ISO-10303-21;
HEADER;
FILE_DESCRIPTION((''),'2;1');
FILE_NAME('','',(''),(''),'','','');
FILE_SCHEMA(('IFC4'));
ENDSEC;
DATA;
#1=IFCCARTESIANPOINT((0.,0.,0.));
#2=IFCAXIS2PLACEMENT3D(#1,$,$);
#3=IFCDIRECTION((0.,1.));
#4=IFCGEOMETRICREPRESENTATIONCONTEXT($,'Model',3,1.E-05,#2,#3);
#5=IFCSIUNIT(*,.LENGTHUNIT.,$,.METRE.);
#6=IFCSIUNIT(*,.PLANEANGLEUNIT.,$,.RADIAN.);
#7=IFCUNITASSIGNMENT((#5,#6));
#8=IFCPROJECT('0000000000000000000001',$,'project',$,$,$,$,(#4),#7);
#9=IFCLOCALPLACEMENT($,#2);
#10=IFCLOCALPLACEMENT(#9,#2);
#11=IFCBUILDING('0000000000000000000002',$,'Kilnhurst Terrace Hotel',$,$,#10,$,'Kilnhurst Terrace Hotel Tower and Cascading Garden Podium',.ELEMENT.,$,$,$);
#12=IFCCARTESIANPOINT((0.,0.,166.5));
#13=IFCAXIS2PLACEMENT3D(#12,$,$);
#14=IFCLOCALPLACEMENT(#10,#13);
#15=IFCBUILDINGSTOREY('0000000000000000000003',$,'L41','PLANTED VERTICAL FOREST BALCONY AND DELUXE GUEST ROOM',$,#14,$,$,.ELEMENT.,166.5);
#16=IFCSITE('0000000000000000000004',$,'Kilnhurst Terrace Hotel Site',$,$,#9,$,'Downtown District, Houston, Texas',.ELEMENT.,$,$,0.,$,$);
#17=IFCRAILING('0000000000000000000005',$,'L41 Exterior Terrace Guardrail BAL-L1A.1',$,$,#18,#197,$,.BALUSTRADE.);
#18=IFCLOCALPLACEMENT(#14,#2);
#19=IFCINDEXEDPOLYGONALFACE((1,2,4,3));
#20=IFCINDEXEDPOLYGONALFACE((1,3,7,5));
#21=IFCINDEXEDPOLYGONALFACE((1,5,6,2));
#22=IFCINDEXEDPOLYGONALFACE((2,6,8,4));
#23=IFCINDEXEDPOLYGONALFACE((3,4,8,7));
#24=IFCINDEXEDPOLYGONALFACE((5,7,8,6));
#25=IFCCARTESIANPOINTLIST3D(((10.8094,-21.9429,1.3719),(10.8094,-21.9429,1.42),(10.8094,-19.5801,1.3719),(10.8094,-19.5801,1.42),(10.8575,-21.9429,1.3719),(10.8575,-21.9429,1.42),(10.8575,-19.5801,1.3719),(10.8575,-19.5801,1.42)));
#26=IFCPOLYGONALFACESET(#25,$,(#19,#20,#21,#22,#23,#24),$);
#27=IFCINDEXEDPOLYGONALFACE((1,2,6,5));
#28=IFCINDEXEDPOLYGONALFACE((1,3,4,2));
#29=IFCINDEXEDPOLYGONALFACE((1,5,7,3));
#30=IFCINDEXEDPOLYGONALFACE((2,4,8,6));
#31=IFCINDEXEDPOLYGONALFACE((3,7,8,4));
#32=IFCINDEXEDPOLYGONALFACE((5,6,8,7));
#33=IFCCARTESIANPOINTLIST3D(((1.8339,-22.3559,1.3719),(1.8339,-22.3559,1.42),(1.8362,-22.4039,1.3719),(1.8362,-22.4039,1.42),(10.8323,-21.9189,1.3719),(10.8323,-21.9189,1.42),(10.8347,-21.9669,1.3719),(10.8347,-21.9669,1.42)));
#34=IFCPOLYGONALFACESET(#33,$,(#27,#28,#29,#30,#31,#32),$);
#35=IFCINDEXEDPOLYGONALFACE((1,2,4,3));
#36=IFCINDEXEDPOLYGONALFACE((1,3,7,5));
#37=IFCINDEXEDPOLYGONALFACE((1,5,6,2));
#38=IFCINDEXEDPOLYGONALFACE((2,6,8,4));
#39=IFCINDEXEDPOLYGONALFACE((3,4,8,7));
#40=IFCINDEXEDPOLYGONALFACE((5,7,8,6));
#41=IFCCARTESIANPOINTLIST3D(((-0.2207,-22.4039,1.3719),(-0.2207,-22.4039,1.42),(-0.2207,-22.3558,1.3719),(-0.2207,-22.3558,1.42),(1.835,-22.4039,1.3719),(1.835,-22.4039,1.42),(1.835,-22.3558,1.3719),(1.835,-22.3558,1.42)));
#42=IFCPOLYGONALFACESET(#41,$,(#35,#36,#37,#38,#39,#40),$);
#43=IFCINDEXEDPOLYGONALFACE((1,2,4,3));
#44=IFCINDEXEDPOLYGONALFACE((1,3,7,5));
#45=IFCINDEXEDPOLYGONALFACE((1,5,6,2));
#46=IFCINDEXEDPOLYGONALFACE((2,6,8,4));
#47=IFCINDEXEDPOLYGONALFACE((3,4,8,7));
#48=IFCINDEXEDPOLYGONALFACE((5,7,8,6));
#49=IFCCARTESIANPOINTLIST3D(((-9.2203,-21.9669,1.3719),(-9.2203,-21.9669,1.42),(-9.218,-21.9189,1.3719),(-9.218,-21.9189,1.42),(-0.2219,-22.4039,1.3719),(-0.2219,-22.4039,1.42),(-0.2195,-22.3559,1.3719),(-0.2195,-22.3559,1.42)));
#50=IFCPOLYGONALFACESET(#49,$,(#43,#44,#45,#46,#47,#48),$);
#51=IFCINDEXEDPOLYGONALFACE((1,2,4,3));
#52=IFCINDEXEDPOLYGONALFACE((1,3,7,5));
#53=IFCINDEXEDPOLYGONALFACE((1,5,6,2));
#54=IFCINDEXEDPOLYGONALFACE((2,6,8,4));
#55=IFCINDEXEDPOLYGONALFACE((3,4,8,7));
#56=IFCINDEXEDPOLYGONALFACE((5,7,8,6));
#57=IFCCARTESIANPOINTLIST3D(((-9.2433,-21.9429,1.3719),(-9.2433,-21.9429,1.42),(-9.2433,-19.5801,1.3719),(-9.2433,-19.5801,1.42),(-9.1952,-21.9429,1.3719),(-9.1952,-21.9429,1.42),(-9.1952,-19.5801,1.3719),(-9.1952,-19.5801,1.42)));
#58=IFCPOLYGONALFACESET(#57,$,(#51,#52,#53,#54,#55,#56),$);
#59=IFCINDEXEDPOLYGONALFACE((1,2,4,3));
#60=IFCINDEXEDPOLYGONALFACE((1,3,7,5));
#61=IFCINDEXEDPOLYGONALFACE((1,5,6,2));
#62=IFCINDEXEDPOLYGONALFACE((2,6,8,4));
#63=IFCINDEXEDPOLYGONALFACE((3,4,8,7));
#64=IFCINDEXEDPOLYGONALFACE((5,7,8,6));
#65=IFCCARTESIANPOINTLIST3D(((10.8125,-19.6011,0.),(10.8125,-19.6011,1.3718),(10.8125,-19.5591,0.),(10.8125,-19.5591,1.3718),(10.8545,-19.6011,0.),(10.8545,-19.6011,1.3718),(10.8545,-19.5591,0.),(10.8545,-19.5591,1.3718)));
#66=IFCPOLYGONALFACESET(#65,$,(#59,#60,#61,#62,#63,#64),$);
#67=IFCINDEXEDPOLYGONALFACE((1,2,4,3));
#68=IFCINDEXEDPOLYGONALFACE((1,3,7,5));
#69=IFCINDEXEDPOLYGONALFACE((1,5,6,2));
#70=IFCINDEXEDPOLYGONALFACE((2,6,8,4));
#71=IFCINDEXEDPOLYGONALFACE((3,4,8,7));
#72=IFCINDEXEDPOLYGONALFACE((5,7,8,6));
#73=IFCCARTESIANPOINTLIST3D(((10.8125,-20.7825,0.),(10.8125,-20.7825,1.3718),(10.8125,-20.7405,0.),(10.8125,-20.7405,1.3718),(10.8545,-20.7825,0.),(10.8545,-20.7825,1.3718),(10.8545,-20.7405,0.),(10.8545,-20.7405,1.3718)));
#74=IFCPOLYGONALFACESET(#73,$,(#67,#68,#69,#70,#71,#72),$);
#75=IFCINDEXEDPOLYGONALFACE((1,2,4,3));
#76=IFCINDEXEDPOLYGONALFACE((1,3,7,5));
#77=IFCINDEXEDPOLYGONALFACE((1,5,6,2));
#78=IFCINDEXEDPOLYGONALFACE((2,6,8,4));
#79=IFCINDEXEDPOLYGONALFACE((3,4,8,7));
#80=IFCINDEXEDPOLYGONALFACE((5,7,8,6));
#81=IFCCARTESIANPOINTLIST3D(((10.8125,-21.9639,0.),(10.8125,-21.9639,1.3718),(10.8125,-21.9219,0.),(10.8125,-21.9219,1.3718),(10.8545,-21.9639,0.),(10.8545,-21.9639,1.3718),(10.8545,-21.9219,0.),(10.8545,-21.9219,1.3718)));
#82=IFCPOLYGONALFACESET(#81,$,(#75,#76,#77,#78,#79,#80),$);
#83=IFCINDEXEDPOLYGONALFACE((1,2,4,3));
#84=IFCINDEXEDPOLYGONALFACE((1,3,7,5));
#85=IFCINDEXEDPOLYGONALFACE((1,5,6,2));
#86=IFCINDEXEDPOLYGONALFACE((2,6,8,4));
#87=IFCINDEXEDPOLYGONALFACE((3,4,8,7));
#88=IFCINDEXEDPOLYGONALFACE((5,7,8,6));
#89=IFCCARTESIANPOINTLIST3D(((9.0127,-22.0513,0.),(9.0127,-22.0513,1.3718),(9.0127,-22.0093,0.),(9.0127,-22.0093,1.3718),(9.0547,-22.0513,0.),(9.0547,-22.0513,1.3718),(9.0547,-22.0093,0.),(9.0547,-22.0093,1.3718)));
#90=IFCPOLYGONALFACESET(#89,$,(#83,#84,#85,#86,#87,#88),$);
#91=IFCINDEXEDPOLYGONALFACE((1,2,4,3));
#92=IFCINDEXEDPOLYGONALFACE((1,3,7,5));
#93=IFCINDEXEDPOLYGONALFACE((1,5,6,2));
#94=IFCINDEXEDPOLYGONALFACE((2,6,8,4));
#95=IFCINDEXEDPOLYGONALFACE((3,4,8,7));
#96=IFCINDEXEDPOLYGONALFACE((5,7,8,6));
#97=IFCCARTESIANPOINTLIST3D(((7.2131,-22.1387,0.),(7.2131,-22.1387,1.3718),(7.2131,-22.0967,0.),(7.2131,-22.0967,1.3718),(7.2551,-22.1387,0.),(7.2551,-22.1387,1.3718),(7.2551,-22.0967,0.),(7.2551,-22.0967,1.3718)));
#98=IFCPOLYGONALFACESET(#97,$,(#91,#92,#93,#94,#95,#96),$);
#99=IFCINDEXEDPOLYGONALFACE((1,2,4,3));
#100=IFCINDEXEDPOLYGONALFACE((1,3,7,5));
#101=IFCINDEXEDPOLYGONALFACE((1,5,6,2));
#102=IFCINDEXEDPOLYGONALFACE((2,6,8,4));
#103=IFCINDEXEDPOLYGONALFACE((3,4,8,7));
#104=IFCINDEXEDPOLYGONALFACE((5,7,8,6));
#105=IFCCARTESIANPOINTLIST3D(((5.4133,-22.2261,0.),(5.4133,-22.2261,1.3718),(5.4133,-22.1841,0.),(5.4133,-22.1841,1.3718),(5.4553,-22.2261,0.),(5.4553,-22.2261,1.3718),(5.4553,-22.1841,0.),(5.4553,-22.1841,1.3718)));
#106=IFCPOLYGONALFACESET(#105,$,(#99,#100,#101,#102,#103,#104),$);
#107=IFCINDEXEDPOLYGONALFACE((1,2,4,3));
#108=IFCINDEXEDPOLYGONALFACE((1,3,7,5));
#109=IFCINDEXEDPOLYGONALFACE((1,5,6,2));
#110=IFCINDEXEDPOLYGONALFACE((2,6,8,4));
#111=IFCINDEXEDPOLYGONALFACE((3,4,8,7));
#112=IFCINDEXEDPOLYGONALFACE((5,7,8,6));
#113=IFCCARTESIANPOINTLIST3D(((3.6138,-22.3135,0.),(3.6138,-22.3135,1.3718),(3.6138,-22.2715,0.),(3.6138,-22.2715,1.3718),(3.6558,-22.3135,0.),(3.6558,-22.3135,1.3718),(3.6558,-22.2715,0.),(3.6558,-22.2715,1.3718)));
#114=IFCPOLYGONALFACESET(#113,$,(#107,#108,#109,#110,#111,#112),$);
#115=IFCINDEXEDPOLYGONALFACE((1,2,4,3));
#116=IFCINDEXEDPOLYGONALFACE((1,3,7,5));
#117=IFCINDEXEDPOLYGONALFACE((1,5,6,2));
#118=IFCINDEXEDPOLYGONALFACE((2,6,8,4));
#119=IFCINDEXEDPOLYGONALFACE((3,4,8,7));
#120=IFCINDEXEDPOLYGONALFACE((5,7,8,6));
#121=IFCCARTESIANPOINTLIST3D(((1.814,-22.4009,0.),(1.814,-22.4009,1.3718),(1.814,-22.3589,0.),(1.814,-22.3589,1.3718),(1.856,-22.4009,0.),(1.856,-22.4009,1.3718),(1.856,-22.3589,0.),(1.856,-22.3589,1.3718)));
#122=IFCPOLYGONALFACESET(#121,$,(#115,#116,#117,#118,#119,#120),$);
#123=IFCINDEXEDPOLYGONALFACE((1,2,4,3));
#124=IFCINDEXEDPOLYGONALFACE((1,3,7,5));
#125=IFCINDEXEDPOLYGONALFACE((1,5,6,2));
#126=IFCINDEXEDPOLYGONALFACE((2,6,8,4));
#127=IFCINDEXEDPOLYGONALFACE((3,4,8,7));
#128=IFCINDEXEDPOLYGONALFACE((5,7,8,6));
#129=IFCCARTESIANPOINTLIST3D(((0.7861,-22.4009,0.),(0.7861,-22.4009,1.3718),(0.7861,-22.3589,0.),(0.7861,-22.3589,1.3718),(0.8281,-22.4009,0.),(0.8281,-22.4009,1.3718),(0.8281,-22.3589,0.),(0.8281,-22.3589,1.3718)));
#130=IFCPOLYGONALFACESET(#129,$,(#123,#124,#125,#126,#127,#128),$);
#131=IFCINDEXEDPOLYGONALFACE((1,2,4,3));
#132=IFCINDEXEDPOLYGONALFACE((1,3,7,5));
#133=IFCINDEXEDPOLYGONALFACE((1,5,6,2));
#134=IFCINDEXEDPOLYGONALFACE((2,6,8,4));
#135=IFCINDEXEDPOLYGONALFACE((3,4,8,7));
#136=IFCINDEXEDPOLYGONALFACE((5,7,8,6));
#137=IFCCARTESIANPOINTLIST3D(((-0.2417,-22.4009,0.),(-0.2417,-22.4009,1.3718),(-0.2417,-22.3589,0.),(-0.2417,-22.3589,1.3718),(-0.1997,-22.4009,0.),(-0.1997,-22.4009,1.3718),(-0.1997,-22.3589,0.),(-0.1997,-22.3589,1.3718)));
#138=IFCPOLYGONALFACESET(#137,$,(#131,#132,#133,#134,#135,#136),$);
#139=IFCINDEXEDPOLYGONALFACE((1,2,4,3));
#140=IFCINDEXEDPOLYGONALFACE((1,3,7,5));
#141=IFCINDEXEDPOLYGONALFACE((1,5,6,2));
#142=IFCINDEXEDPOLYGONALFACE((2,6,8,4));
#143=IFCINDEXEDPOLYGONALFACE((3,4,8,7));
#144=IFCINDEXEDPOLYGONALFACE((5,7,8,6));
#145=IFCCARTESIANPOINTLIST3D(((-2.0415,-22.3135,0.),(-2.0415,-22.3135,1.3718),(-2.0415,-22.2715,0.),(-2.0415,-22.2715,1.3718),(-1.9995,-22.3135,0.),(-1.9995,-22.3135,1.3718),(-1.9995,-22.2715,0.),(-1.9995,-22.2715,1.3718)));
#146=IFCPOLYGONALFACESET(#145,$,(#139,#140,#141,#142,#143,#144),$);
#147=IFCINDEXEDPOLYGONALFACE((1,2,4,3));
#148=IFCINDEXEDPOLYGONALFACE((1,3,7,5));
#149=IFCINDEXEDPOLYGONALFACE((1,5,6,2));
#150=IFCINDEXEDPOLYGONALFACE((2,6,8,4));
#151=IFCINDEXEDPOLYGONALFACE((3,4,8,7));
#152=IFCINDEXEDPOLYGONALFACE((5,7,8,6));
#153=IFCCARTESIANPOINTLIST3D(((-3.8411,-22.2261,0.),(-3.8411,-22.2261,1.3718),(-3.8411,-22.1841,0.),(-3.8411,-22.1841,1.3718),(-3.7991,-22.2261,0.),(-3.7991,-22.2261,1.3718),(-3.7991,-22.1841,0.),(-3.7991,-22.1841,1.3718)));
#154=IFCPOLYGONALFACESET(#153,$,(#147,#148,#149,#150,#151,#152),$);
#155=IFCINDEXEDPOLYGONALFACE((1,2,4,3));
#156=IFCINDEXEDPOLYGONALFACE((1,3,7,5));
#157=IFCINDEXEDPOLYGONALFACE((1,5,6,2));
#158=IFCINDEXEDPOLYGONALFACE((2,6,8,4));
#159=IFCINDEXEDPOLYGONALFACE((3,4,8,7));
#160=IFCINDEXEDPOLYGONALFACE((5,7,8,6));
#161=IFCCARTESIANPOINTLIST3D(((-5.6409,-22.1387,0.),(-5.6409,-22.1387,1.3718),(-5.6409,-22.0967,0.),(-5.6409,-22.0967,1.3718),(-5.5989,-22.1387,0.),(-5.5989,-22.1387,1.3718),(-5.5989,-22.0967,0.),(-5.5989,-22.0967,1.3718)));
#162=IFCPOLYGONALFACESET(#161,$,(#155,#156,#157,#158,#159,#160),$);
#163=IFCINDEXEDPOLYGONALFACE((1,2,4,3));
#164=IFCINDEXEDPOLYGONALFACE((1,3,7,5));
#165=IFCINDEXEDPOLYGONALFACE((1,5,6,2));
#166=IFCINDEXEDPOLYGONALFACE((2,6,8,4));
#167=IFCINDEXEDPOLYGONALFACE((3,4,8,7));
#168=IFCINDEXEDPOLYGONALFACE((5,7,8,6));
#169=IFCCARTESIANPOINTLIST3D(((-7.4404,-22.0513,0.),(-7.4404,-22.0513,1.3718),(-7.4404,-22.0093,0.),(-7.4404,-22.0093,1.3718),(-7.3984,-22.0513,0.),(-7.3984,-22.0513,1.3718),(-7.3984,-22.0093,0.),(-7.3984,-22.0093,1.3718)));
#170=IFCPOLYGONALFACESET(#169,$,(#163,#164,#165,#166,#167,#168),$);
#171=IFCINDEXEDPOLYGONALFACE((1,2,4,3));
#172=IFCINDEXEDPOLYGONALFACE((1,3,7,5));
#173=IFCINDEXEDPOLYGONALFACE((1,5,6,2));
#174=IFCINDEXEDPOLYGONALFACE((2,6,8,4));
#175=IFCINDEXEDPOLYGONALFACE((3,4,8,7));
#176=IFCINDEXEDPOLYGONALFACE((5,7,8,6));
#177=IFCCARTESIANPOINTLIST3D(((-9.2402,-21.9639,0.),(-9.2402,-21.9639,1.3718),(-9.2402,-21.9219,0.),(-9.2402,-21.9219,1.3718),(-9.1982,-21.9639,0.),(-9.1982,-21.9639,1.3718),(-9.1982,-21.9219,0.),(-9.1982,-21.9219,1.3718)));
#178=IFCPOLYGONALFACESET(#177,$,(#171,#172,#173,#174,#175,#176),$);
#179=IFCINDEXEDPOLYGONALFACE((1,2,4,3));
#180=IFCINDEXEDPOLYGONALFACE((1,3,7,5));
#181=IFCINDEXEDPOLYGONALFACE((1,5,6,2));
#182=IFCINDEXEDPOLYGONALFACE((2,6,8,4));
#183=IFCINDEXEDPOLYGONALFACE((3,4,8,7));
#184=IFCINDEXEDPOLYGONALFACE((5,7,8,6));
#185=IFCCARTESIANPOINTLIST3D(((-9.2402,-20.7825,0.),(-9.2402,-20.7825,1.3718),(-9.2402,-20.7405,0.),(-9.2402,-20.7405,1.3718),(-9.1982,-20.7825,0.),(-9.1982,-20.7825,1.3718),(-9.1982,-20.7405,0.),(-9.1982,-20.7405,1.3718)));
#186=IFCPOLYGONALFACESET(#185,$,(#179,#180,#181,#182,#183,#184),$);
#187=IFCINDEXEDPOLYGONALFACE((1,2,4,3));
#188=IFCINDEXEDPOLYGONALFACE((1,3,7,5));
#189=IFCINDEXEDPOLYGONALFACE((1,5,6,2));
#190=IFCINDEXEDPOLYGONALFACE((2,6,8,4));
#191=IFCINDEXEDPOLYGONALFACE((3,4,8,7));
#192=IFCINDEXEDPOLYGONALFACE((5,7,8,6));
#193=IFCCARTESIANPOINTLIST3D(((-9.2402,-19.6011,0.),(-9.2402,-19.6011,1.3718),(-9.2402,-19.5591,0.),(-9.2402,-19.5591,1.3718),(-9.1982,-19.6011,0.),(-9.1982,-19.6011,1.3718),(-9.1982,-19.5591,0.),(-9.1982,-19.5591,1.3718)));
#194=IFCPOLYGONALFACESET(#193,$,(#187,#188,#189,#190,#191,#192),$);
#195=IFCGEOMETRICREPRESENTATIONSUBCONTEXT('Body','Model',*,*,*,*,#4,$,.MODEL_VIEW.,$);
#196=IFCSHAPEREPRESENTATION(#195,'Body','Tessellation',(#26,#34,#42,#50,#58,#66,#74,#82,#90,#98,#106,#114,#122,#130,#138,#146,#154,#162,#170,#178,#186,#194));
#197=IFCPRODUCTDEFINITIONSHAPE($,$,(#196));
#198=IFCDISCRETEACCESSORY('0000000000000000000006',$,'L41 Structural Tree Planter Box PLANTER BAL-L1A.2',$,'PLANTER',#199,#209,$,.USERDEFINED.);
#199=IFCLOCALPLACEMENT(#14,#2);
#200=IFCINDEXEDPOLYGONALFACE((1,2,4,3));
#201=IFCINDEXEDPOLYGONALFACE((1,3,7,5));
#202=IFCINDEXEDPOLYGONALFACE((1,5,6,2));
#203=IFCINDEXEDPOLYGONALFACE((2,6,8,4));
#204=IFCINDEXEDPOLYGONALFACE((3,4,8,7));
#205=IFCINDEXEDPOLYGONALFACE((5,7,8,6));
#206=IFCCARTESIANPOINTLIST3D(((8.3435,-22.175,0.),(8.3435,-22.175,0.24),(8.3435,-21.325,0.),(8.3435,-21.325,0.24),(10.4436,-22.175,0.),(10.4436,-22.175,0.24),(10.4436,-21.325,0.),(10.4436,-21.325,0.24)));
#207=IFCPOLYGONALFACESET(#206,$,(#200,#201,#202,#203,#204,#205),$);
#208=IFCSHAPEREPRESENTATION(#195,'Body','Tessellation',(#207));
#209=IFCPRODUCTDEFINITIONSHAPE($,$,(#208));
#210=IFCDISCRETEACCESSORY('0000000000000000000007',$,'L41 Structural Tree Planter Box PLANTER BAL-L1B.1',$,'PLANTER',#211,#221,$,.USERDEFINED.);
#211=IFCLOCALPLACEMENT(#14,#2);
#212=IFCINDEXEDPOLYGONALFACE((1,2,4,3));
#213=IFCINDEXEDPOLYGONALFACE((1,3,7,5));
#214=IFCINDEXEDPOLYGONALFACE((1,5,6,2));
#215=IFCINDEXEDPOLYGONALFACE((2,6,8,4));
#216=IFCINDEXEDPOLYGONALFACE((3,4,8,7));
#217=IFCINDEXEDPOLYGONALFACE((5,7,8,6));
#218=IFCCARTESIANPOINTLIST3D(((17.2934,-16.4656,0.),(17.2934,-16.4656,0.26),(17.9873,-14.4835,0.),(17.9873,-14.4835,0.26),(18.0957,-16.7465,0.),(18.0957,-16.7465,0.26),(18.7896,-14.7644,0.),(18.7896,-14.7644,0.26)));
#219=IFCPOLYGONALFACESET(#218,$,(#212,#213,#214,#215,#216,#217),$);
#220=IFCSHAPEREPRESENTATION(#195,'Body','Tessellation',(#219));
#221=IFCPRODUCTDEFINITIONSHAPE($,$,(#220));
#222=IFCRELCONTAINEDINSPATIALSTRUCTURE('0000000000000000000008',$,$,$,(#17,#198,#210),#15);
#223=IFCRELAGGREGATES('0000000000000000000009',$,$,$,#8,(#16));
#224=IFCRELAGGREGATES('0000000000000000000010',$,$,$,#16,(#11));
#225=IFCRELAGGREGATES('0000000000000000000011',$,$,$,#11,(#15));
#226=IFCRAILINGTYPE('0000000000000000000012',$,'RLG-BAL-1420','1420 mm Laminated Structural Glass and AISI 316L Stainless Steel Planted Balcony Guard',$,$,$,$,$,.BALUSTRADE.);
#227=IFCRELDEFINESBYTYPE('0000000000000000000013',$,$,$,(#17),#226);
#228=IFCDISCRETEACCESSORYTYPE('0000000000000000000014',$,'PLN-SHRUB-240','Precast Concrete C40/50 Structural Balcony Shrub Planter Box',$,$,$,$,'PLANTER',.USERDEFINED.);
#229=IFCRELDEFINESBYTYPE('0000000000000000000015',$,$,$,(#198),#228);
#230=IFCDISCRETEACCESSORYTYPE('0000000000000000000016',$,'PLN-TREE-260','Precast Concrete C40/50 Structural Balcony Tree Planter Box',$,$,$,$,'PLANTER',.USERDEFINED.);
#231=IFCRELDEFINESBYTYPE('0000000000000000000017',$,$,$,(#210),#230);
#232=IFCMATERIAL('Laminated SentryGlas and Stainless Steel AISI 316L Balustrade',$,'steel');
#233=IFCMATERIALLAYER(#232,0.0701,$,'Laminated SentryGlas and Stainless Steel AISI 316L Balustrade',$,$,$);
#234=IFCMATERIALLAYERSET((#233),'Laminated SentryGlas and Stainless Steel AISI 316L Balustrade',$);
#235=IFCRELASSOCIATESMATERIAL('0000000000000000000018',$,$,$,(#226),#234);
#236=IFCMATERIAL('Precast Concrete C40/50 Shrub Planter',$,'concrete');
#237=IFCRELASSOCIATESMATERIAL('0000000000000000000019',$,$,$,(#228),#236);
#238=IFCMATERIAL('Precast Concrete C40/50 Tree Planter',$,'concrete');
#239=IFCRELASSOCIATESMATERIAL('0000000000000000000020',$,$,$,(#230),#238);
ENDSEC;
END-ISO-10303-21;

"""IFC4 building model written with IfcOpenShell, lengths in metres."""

from ifc_helpers import new_model, si_unit, direction, frame, origin, origin_2d, place, context, subcontext, project, spatial, rectangle, extrude, material, layer, layer_set, type_object, element, save


model = new_model("IFC4")

# Units and contexts
model_context = context("Model", 3, precision=1e-05, world=origin(), true_north=direction((0.0, 1.0)))
body_context = subcontext(model_context, "Body", "Model", "MODEL_VIEW")
ifc_project = project(units=[si_unit("LENGTHUNIT", "METRE"), si_unit("PLANEANGLEUNIT", "RADIAN")], contexts=[model_context])

# Site, building, storey
site_placement = place(None, origin())
site = spatial("IfcSite", under=ifc_project, at=site_placement, Name="Kilnhurst Terrace Hotel Site", LongName="Downtown District, Houston, Texas", CompositionType="ELEMENT", RefElevation=0.0)
building_placement = place(site_placement, origin())
building = spatial("IfcBuilding", under=site, at=building_placement, Name="Kilnhurst Terrace Hotel", LongName="Kilnhurst Terrace Hotel Tower and Cascading Garden Podium", CompositionType="ELEMENT")
storey_placement = place(building_placement, frame((0.0, 0.0, 166.5)))
storey = spatial("IfcBuildingStorey", under=building, at=storey_placement, Name="L41", Description="PLANTED VERTICAL FOREST BALCONY AND DELUXE GUEST ROOM", CompositionType="ELEMENT", Elevation=166.5)

# Railing
ifc_material_1 = material(Name="Laminated SentryGlas and Stainless Steel AISI 316L Balustrade", Category="steel")
ifc_layer_1 = layer(ifc_material_1, 0.0701, Name="Laminated SentryGlas and Stainless Steel AISI 316L Balustrade")
ifc_layer_set_1 = layer_set([ifc_layer_1], Name="Laminated SentryGlas and Stainless Steel AISI 316L Balustrade")
railing_type = type_object("IfcRailingType", Name="RLG-BAL-1420", Description="1420 mm Laminated Structural Glass and AISI 316L Stainless Steel Planted Balcony Guard", PredefinedType="BALUSTRADE", material=ifc_layer_set_1)
railing_placement = place(storey_placement, frame((10.8335, -19.5801, 0.0)))
element("IfcRailing", 1, at=railing_placement, inside=storey, type_object=railing_type, Name="L41 Exterior Terrace Guardrail BAL-L1A.1", PredefinedType="BALUSTRADE", context=body_context, shape_type="SweptSolid", body=[
    extrude(rectangle(XDim=0.0481, YDim=0.0481, at=origin_2d()), frame((0.0, 0.0, 1.396), z_axis=(0.0, -1.0, 0.0), x_axis=(1.0, 0.0, 0.0)), (0.0, 0.0, 1.0), 2.3628),
    extrude(rectangle(XDim=0.0481, YDim=0.0481, at=origin_2d()), frame((0.0, -2.3628, 1.396), z_axis=(-0.998823, -0.048508, 0.0), x_axis=(0.048508, -0.998823, 0.0)), (0.0, 0.0, 1.0), 9.009),
    extrude(rectangle(XDim=0.0481, YDim=0.0481, at=origin_2d()), frame((-8.9985, -2.7998, 1.396), z_axis=(-1.0, 0.0, 0.0), x_axis=(0.0, -1.0, 0.0)), (0.0, 0.0, 1.0), 2.0557),
    extrude(rectangle(XDim=0.0481, YDim=0.0481, at=origin_2d()), frame((-11.0542, -2.7998, 1.396), z_axis=(-0.998823, 0.048508, 0.0), x_axis=(-0.048508, -0.998823, 0.0)), (0.0, 0.0, 1.0), 9.009),
    extrude(rectangle(XDim=0.0481, YDim=0.0481, at=origin_2d()), frame((-20.0527, -2.3628, 1.396), z_axis=(0.0, 1.0, 0.0), x_axis=(-1.0, 0.0, 0.0)), (0.0, 0.0, 1.0), 2.3628),
    extrude(rectangle(XDim=0.042, YDim=0.042, at=origin_2d()), origin(), (0.0, 0.0, 1.0), 1.3718),
    extrude(rectangle(XDim=0.042, YDim=0.042, at=origin_2d()), frame((0.0, -1.1814, 0.0)), (0.0, 0.0, 1.0), 1.3718),
    extrude(rectangle(XDim=0.042, YDim=0.042, at=origin_2d()), frame((0.0, -2.3628, 0.0)), (0.0, 0.0, 1.0), 1.3718),
    extrude(rectangle(XDim=0.042, YDim=0.042, at=origin_2d()), frame((-1.7998, -2.4502, 0.0)), (0.0, 0.0, 1.0), 1.3718),
    extrude(rectangle(XDim=0.042, YDim=0.042, at=origin_2d()), frame((-3.5994, -2.5376, 0.0)), (0.0, 0.0, 1.0), 1.3718),
    extrude(rectangle(XDim=0.042, YDim=0.042, at=origin_2d()), frame((-5.3992, -2.625, 0.0)), (0.0, 0.0, 1.0), 1.3718),
    extrude(rectangle(XDim=0.042, YDim=0.042, at=origin_2d()), frame((-7.1987, -2.7124, 0.0)), (0.0, 0.0, 1.0), 1.3718),
    extrude(rectangle(XDim=0.042, YDim=0.042, at=origin_2d()), frame((-8.9985, -2.7998, 0.0)), (0.0, 0.0, 1.0), 1.3718),
    extrude(rectangle(XDim=0.042, YDim=0.042, at=origin_2d()), frame((-10.0264, -2.7998, 0.0)), (0.0, 0.0, 1.0), 1.3718),
    extrude(rectangle(XDim=0.042, YDim=0.042, at=origin_2d()), frame((-11.0542, -2.7998, 0.0)), (0.0, 0.0, 1.0), 1.3718),
    extrude(rectangle(XDim=0.042, YDim=0.042, at=origin_2d()), frame((-12.854, -2.7124, 0.0)), (0.0, 0.0, 1.0), 1.3718),
    extrude(rectangle(XDim=0.042, YDim=0.042, at=origin_2d()), frame((-14.6536, -2.625, 0.0)), (0.0, 0.0, 1.0), 1.3718),
    extrude(rectangle(XDim=0.042, YDim=0.042, at=origin_2d()), frame((-16.4534, -2.5376, 0.0)), (0.0, 0.0, 1.0), 1.3718),
    extrude(rectangle(XDim=0.042, YDim=0.042, at=origin_2d()), frame((-18.2529, -2.4502, 0.0)), (0.0, 0.0, 1.0), 1.3718),
    extrude(rectangle(XDim=0.042, YDim=0.042, at=origin_2d()), frame((-20.0527, -2.3628, 0.0)), (0.0, 0.0, 1.0), 1.3718),
    extrude(rectangle(XDim=0.042, YDim=0.042, at=origin_2d()), frame((-20.0527, -1.1814, 0.0)), (0.0, 0.0, 1.0), 1.3718),
    extrude(rectangle(XDim=0.042, YDim=0.042, at=origin_2d()), frame((-20.0527, 0.0, 0.0)), (0.0, 0.0, 1.0), 1.3718),
])

# Discrete accessories
ifc_material_2 = material(Name="Precast Concrete C40/50 Shrub Planter", Category="concrete")
discrete_accessory_type_1 = type_object("IfcDiscreteAccessoryType", Name="PLN-SHRUB-240", Description="Precast Concrete C40/50 Structural Balcony Shrub Planter Box", ElementType="PLANTER", PredefinedType="USERDEFINED", material=ifc_material_2)
discrete_accessory_1_placement = place(storey_placement, frame((9.3936, -21.75, 0.0), z_axis=(0.0, 0.0, 1.0), x_axis=(1.0, 0.0, 0.0)))
element("IfcDiscreteAccessory", 2, at=discrete_accessory_1_placement, inside=storey, type_object=discrete_accessory_type_1, Name="L41 Structural Tree Planter Box PLANTER BAL-L1A.2", ObjectType="PLANTER", PredefinedType="USERDEFINED", context=body_context, shape_type="SweptSolid", body=[
    extrude(rectangle(XDim=2.1001, YDim=0.8501, at=origin_2d()), origin(), (0.0, 0.0, 1.0), 0.24),
])
ifc_material_3 = material(Name="Precast Concrete C40/50 Tree Planter", Category="concrete")
discrete_accessory_type_2 = type_object("IfcDiscreteAccessoryType", Name="PLN-TREE-260", Description="Precast Concrete C40/50 Structural Balcony Tree Planter Box", ElementType="PLANTER", PredefinedType="USERDEFINED", material=ifc_material_3)
discrete_accessory_2_placement = place(storey_placement, frame((18.0415, -15.615, 0.0), z_axis=(0.0, 0.0, 1.0), x_axis=(0.330432, 0.94383, 0.0)))
element("IfcDiscreteAccessory", 3, at=discrete_accessory_2_placement, inside=storey, type_object=discrete_accessory_type_2, Name="L41 Structural Tree Planter Box PLANTER BAL-L1B.1", ObjectType="PLANTER", PredefinedType="USERDEFINED", context=body_context, shape_type="SweptSolid", body=[
    extrude(rectangle(XDim=2.1001, YDim=0.8501, at=origin_2d()), origin(), (0.0, 0.0, 1.0), 0.26),
])

save(model, "model.ifc")
